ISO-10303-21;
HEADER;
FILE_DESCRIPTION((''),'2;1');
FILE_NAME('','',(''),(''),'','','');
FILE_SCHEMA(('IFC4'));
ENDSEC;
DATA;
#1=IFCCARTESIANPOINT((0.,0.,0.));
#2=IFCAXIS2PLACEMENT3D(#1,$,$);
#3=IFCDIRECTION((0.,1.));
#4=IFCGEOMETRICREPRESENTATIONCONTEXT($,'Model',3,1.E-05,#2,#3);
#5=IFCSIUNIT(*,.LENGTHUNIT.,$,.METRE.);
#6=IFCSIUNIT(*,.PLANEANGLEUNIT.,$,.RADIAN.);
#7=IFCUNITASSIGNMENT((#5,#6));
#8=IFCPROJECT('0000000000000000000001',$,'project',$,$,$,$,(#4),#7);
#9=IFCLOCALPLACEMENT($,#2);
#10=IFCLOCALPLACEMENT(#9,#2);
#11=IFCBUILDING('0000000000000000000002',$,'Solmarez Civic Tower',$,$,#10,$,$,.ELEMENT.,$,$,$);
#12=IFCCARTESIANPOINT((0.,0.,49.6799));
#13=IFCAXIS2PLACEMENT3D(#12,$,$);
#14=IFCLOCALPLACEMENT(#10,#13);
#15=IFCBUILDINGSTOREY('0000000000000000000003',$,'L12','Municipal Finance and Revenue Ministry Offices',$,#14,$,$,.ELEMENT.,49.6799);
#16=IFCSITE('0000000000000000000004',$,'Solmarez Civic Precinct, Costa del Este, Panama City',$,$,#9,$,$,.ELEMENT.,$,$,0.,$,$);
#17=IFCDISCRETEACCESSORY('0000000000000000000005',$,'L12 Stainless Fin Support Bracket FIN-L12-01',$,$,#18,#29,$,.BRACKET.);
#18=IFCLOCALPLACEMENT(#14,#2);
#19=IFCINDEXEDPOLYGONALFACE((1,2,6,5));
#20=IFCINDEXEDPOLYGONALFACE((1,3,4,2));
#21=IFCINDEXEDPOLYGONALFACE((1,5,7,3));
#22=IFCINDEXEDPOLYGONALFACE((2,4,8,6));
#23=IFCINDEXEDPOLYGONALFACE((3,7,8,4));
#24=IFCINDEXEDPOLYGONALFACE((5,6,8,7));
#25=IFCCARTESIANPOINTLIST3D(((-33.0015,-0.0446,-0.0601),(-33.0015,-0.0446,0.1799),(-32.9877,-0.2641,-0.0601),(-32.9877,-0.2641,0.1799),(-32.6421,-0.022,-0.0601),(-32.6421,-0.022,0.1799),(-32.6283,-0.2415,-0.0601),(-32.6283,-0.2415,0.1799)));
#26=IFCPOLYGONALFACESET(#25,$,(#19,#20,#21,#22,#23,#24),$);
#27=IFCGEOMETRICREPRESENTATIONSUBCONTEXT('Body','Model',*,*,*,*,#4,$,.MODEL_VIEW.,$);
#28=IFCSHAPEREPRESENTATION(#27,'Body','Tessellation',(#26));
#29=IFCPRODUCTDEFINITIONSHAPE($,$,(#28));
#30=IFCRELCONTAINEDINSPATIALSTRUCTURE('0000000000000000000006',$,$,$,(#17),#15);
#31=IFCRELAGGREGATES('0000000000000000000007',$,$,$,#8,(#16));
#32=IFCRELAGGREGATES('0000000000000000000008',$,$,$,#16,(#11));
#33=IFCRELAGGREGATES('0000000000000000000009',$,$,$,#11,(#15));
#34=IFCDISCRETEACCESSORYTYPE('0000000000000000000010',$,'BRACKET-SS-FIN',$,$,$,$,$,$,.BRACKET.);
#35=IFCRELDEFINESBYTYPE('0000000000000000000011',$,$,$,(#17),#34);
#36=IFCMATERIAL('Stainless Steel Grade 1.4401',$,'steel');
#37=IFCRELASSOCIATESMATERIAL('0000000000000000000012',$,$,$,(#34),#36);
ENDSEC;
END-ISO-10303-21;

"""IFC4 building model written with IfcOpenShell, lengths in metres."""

from ifc_helpers import new_model, si_unit, direction, frame, origin, origin_2d, place, context, subcontext, project, spatial, rectangle, extrude, material, type_object, element, save


model = new_model("IFC4")

# Units and contexts
model_context = context("Model", 3, precision=1e-05, world=origin(), true_north=direction((0.0, 1.0)))
body_context = subcontext(model_context, "Body", "Model", "MODEL_VIEW")
ifc_project = project(units=[si_unit("LENGTHUNIT", "METRE"), si_unit("PLANEANGLEUNIT", "RADIAN")], contexts=[model_context])

# Site, building, storey
site_placement = place(None, origin())
site = spatial("IfcSite", under=ifc_project, at=site_placement, Name="Solmarez Civic Precinct, Costa del Este, Panama City", CompositionType="ELEMENT", RefElevation=0.0)
building_placement = place(site_placement, origin())
building = spatial("IfcBuilding", under=site, at=building_placement, Name="Solmarez Civic Tower", CompositionType="ELEMENT")
storey_placement = place(building_placement, frame((0.0, 0.0, 49.6799)))
storey = spatial("IfcBuildingStorey", under=building, at=storey_placement, Name="L12", Description="Municipal Finance and Revenue Ministry Offices", CompositionType="ELEMENT", Elevation=49.6799)

# Discrete accessory
ifc_material_1 = material(Name="Stainless Steel Grade 1.4401", Category="steel")
discrete_accessory_type = type_object("IfcDiscreteAccessoryType", Name="BRACKET-SS-FIN", PredefinedType="BRACKET", material=ifc_material_1)
discrete_accessory_placement = place(storey_placement, frame((-32.8149, -0.1431, -0.0601), z_axis=(0.0, 0.0, 1.0), x_axis=(-0.998027, -0.062793, 0.0)))
element("IfcDiscreteAccessory", 1, at=discrete_accessory_placement, inside=storey, type_object=discrete_accessory_type, Name="L12 Stainless Fin Support Bracket FIN-L12-01", PredefinedType="BRACKET", context=body_context, shape_type="SweptSolid", body=[
    extrude(rectangle(XDim=0.3601, YDim=0.22, at=origin_2d()), origin(), (0.0, 0.0, 1.0), 0.24),
])

save(model, "model.ifc")
